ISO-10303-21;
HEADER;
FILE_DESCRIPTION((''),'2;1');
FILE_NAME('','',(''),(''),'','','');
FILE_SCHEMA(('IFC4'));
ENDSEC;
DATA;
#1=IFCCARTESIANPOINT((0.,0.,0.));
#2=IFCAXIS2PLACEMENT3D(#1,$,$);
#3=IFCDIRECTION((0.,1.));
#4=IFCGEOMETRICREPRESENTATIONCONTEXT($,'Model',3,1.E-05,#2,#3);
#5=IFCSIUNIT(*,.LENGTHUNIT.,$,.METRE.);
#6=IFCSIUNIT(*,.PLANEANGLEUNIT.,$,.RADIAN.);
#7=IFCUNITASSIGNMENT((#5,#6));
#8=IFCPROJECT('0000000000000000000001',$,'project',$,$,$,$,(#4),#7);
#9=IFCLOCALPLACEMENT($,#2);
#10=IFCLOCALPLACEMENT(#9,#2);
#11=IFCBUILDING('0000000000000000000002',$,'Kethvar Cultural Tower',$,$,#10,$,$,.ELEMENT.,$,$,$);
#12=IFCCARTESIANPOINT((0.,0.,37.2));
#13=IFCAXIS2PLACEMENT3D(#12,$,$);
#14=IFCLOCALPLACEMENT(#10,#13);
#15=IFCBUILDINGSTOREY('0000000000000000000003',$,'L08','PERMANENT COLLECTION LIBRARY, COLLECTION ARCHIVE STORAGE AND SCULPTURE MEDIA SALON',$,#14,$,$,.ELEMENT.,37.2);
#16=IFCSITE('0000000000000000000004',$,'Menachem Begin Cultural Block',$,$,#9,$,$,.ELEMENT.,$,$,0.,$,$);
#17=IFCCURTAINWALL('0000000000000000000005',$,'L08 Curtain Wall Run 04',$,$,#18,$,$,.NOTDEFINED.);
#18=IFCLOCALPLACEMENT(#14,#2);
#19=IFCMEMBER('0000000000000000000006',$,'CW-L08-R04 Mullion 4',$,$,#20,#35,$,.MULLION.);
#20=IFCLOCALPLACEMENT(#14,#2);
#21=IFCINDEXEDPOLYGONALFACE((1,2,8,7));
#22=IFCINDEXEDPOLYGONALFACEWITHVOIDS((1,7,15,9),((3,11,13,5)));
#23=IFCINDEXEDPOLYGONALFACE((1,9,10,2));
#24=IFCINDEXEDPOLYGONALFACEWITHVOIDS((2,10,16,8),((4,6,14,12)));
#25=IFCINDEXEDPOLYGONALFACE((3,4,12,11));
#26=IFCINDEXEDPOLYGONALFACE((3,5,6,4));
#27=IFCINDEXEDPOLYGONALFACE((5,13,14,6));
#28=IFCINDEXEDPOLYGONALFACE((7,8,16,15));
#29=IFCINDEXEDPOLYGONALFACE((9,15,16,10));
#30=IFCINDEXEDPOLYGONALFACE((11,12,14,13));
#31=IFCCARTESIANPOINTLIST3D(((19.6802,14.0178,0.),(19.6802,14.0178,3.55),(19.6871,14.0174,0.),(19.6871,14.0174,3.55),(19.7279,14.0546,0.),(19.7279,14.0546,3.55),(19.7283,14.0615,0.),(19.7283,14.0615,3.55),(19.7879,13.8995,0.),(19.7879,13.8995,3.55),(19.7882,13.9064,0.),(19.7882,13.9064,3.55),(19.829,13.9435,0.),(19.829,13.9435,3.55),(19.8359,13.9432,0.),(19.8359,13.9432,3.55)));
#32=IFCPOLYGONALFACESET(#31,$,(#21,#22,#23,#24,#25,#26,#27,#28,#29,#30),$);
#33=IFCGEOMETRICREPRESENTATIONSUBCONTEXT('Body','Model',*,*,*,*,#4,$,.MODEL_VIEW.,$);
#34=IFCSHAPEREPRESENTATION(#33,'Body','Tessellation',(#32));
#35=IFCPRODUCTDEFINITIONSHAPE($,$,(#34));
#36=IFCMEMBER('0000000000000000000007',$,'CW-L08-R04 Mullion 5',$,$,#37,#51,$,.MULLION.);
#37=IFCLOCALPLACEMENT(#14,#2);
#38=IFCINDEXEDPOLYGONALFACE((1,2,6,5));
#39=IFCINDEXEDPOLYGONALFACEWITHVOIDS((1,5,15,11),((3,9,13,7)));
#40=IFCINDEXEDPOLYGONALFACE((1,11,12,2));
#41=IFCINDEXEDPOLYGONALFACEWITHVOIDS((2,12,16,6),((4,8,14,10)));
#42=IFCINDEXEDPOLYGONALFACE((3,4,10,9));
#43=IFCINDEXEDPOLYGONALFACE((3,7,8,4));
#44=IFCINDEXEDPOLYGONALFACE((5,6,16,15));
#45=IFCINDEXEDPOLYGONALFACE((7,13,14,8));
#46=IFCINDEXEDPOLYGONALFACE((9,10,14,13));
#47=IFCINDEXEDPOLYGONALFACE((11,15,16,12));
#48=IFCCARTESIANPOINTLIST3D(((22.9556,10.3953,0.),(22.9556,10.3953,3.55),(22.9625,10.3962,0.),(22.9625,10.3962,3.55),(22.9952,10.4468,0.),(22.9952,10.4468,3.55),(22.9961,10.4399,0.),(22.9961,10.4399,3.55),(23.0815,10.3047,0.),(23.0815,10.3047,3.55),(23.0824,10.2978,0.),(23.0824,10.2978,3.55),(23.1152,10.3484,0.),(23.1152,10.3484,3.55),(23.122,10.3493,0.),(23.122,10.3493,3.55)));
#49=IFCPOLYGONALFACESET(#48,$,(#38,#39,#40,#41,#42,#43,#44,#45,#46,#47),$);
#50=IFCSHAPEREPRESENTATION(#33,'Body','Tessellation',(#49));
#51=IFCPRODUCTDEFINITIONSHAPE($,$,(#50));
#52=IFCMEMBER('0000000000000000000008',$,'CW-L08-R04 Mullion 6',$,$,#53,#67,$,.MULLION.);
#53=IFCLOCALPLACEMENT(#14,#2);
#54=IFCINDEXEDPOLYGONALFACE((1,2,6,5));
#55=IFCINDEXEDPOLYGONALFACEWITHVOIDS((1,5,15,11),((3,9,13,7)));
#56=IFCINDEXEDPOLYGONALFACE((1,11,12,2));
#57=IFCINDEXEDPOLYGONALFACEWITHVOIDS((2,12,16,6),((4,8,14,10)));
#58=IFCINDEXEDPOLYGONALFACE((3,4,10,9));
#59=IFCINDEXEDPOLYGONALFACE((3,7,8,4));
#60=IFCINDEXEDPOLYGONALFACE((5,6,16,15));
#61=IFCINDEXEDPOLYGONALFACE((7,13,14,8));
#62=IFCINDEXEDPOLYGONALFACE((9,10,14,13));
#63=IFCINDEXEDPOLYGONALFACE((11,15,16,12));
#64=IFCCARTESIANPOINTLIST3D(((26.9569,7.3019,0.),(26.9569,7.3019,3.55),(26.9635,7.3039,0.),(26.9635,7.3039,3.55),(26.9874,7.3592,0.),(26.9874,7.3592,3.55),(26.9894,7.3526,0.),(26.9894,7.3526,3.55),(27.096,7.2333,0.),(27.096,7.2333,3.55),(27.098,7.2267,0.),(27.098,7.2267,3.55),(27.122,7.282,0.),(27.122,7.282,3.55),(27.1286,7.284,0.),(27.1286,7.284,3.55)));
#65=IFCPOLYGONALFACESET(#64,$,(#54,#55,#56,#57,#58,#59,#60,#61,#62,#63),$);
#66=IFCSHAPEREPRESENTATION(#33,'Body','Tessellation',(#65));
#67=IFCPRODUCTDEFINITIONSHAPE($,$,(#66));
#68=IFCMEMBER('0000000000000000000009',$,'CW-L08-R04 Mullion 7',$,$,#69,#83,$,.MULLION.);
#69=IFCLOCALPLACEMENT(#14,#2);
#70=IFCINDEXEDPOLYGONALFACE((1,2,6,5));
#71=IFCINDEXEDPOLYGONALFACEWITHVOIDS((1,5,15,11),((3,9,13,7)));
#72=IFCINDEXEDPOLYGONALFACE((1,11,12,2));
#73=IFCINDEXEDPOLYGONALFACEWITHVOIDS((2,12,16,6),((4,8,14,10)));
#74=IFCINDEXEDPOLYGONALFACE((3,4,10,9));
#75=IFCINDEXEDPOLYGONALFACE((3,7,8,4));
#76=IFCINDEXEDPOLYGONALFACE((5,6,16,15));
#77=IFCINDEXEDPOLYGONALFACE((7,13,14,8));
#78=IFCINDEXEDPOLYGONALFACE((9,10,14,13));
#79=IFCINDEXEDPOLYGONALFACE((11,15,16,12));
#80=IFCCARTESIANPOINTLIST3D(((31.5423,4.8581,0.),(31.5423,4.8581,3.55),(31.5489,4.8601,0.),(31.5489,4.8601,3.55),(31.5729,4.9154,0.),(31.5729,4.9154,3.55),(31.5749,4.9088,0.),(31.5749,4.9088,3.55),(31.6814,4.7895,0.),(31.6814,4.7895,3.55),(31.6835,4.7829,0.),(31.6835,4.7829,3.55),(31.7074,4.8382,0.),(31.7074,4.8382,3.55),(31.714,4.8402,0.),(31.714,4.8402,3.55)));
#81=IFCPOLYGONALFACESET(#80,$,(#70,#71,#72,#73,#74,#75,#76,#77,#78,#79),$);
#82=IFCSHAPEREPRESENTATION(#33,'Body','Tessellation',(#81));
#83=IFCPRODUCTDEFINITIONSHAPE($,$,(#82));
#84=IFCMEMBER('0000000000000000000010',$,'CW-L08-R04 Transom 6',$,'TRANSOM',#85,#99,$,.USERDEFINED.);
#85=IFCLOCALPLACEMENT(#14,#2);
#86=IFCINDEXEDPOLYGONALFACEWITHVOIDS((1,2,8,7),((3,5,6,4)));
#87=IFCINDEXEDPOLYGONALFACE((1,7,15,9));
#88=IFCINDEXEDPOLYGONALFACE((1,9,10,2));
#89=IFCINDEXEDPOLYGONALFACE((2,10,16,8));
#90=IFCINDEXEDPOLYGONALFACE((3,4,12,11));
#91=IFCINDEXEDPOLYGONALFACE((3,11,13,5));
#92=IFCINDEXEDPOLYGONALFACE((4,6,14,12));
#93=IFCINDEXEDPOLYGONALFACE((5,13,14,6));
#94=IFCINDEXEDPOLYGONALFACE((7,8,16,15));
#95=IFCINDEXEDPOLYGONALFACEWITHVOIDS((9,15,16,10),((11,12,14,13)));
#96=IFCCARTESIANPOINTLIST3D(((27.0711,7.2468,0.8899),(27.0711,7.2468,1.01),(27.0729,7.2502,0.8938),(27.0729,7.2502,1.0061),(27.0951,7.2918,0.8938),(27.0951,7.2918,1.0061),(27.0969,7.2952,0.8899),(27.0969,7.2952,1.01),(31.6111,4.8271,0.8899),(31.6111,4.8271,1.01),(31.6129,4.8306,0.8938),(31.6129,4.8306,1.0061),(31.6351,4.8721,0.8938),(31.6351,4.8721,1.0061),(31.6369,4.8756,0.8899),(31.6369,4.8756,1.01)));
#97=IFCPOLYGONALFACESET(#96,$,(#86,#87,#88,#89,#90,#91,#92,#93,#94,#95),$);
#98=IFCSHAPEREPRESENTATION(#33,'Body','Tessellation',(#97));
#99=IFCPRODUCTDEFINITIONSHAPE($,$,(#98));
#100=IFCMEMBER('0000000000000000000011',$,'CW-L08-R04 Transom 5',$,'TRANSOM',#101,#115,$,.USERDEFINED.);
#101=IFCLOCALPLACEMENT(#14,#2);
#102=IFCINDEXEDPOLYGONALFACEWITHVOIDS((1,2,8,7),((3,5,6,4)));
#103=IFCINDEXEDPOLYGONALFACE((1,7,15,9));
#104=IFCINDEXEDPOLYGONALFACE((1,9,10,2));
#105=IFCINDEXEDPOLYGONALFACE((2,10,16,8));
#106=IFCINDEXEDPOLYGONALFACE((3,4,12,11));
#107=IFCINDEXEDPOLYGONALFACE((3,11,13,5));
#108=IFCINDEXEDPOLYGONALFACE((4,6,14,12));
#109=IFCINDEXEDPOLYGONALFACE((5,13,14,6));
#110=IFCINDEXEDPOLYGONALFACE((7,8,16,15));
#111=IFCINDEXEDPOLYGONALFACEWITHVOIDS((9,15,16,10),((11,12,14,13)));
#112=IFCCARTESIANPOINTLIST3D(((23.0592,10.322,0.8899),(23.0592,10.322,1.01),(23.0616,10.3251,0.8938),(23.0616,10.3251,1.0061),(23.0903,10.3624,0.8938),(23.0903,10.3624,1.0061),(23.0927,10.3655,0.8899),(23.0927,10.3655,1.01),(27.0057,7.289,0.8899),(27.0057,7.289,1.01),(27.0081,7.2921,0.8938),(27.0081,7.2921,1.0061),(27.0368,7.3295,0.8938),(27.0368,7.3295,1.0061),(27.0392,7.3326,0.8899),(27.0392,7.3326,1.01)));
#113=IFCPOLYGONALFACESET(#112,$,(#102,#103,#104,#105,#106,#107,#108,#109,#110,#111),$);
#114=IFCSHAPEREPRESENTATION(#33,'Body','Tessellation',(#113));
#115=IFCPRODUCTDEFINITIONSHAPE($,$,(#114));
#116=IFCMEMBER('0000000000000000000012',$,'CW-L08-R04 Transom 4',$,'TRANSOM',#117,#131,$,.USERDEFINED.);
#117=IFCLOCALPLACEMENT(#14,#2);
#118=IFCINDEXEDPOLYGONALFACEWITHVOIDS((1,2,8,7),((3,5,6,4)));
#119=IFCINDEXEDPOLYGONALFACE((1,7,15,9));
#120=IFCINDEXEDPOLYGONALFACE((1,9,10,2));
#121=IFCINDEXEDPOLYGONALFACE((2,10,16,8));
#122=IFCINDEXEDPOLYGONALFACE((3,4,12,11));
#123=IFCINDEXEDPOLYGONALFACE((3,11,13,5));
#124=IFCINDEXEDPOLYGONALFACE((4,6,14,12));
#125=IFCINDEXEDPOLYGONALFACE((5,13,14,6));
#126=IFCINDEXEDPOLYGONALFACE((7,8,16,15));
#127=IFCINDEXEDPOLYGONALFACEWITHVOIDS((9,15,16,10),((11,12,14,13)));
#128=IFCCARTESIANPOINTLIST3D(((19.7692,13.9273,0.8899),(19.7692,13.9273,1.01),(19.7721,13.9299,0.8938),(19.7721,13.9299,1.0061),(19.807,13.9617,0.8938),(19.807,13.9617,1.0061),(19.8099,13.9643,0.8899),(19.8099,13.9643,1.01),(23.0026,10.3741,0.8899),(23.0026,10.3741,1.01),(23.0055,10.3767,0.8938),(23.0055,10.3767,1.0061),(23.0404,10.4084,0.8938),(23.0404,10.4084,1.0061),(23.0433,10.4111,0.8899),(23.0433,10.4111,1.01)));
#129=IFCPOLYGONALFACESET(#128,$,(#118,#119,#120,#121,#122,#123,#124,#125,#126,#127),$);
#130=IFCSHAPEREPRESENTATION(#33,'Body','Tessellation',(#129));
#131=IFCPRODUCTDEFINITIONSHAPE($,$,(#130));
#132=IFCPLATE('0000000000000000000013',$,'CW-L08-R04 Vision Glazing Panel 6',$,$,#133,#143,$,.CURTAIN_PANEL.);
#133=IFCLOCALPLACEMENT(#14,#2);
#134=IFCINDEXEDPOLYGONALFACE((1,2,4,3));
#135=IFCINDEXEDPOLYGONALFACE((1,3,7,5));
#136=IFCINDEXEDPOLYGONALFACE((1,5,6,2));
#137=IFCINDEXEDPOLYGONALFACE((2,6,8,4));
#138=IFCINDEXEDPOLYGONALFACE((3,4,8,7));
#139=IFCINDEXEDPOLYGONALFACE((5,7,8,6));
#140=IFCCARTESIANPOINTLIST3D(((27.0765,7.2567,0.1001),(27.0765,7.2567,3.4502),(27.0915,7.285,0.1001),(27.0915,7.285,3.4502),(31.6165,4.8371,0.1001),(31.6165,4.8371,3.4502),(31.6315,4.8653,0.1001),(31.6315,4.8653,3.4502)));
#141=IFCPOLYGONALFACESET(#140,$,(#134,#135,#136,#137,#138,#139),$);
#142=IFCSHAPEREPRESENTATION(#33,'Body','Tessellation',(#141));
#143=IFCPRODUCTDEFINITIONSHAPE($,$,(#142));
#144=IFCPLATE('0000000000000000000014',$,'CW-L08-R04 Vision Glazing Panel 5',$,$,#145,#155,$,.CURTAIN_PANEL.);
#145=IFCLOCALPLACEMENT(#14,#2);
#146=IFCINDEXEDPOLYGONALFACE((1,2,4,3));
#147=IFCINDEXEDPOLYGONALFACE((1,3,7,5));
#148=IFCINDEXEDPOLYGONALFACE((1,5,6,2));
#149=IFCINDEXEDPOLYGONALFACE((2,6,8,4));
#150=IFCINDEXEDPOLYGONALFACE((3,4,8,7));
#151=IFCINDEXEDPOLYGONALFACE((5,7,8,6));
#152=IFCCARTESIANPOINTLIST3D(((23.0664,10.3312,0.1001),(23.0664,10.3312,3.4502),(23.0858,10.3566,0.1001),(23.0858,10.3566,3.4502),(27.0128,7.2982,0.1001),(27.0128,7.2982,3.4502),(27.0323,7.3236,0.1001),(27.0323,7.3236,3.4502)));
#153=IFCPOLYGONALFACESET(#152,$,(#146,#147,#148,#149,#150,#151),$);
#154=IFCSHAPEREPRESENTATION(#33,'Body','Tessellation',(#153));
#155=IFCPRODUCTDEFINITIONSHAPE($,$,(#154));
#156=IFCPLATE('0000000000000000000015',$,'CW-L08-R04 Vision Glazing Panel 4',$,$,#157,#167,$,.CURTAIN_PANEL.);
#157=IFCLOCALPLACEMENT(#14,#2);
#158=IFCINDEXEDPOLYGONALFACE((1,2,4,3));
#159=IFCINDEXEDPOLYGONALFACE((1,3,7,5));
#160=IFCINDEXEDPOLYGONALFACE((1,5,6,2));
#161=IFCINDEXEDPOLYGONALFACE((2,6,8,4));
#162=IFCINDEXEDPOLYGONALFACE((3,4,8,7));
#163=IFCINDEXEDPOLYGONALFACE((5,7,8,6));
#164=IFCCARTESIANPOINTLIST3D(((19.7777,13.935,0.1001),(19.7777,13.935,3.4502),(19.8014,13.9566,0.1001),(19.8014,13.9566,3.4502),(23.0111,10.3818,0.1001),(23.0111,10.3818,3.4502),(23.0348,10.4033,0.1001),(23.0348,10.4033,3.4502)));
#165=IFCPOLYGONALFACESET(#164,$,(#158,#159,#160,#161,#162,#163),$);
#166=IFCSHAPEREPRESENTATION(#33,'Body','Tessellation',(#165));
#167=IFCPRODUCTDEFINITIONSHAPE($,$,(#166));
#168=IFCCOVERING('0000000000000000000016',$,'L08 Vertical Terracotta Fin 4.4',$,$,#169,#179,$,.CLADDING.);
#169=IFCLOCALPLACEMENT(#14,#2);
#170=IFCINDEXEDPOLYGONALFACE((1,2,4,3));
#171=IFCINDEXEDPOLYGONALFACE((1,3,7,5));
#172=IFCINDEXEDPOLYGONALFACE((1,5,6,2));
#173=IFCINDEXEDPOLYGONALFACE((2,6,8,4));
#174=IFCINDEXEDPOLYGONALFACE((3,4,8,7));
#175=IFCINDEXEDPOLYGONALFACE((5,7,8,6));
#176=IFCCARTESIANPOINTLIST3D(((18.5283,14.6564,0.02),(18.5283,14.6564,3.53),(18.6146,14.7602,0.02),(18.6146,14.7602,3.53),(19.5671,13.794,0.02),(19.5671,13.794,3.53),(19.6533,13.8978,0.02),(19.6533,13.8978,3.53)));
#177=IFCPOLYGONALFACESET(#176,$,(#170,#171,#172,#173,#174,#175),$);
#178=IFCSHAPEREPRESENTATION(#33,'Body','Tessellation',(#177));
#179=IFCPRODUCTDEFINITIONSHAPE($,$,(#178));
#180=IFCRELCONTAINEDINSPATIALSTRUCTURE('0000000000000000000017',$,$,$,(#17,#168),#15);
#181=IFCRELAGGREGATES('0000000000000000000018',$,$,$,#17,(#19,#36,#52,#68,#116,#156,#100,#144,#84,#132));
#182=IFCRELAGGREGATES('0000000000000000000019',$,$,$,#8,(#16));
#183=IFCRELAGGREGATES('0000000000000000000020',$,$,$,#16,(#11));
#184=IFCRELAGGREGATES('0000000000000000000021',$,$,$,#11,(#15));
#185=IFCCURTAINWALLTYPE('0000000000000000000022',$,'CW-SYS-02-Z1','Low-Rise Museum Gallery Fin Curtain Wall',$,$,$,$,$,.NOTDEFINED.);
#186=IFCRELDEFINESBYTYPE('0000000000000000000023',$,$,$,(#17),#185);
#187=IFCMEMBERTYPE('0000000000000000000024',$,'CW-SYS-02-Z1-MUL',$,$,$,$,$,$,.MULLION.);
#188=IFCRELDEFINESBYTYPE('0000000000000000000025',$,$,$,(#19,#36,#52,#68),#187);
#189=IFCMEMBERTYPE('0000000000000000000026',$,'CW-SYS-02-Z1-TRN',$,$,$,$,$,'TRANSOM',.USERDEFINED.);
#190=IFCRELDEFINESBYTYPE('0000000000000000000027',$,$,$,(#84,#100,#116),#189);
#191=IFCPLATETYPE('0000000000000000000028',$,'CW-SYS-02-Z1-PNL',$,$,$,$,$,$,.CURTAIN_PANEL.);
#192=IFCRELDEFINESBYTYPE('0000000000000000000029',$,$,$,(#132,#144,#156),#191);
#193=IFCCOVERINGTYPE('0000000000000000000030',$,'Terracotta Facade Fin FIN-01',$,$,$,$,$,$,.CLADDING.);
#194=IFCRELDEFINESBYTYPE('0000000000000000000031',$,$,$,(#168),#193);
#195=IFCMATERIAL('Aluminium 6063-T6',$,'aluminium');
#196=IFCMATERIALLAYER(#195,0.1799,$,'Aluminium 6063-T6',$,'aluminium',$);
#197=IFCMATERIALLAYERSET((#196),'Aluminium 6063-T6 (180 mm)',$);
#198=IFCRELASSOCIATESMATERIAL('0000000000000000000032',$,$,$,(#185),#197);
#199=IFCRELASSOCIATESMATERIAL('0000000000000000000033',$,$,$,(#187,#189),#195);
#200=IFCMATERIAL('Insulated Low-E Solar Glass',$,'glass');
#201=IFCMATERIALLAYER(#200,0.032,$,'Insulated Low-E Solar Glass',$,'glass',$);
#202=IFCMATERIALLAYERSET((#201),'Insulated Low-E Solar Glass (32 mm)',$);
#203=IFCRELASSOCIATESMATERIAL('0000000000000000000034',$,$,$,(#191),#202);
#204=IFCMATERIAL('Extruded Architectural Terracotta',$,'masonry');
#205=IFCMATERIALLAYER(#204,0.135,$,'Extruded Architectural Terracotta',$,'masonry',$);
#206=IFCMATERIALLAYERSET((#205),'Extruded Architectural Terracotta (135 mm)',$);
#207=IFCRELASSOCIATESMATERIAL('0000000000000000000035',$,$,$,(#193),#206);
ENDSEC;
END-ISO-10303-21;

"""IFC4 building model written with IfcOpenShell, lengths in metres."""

from ifc_helpers import new_model, si_unit, direction, frame, origin, origin_2d, place, context, subcontext, project, spatial, rectangle, hollow_rectangle, extrude, source, transform, mapped, material, layer, layer_set, material_profile, profile_set, type_object, element, aggregate, save


model = new_model("IFC4")

# Units and contexts
model_context = context("Model", 3, precision=1e-05, world=origin(), true_north=direction((0.0, 1.0)))
body_context = subcontext(model_context, "Body", "Model", "MODEL_VIEW")
ifc_project = project(units=[si_unit("LENGTHUNIT", "METRE"), si_unit("PLANEANGLEUNIT", "RADIAN")], contexts=[model_context])

# Site, building, storey
site_placement = place(None, origin())
site = spatial("IfcSite", under=ifc_project, at=site_placement, Name="Menachem Begin Cultural Block", CompositionType="ELEMENT", RefElevation=0.0)
building_placement = place(site_placement, origin())
building = spatial("IfcBuilding", under=site, at=building_placement, Name="Kethvar Cultural Tower", CompositionType="ELEMENT")
storey_placement = place(building_placement, frame((0.0, 0.0, 37.2)))
storey = spatial("IfcBuildingStorey", under=building, at=storey_placement, Name="L08", Description="PERMANENT COLLECTION LIBRARY, COLLECTION ARCHIVE STORAGE AND SCULPTURE MEDIA SALON", CompositionType="ELEMENT", Elevation=37.2)

# Curtain wall, members, plates
ifc_material_1 = material(Name="Aluminium 6063-T6", Category="aluminium")
ifc_layer_1 = layer(ifc_material_1, 0.1799, Name="Aluminium 6063-T6", Category="aluminium")
ifc_layer_set_1 = layer_set([ifc_layer_1], Name="Aluminium 6063-T6 (180 mm)")
curtain_wall_type = type_object("IfcCurtainWallType", Name="CW-SYS-02-Z1", Description="Low-Rise Museum Gallery Fin Curtain Wall", PredefinedType="NOTDEFINED", material=ifc_layer_set_1)
curtain_wall_placement = place(storey_placement, origin())
curtain_wall = element("IfcCurtainWall", 1, at=curtain_wall_placement, inside=storey, type_object=curtain_wall_type, Name="L08 Curtain Wall Run 04", PredefinedType="NOTDEFINED")
ifc_material_profile_1 = material_profile(ifc_material_1, hollow_rectangle(XDim=0.0649, YDim=0.1599, WallThickness=0.0049, at=origin_2d()), Name="Aluminium 6063-T6 — RHS160x65x5")
ifc_profile_set_1 = profile_set([ifc_material_profile_1], Name="Aluminium 6063-T6 — RHS160x65x5")
member_type_1 = type_object("IfcMemberType", Name="CW-SYS-02-Z1-MUL", PredefinedType="MULLION", material=ifc_profile_set_1)
shared_shape_1 = source(origin(), body_context, "Body", "SweptSolid", [
    extrude(hollow_rectangle(XDim=0.0649, YDim=0.1599, WallThickness=0.0049, at=origin_2d()), origin(), (0.0, 0.0, 1.0), 3.55),
])
member_1_placement = place(storey_placement, frame((19.7581, 13.9805, 0.0), z_axis=(0.0, 0.0, 1.0), x_axis=(0.739608, 0.673038, 0.0)))
member_1 = element("IfcMember", 2, at=member_1_placement, type_object=member_type_1, Name="CW-L08-R04 Mullion 4", PredefinedType="MULLION", context=body_context, shape_type="MappedRepresentation", body=[
    mapped(shared_shape_1, transform((0.0, 0.0, 0.0), scale=1.0)),
])
member_2_placement = place(storey_placement, frame((23.0388, 10.3723, 0.0), z_axis=(0.0, 0.0, 1.0), x_axis=(0.609371, 0.792886, 0.0)))
member_2 = element("IfcMember", 3, at=member_2_placement, type_object=member_type_1, Name="CW-L08-R04 Mullion 5", PredefinedType="MULLION", context=body_context, shape_type="MappedRepresentation", body=[
    mapped(shared_shape_1, transform((0.0, 0.0, 0.0), scale=1.0)),
])
member_3_placement = place(storey_placement, frame((27.0427, 7.293, 0.0), z_axis=(0.0, 0.0, 1.0), x_axis=(0.470334, 0.882488, 0.0)))
member_3 = element("IfcMember", 4, at=member_3_placement, type_object=member_type_1, Name="CW-L08-R04 Mullion 6", PredefinedType="MULLION", context=body_context, shape_type="MappedRepresentation", body=[
    mapped(shared_shape_1, transform((0.0, 0.0, 0.0), scale=1.0)),
])
member_4_placement = place(storey_placement, frame((31.6282, 4.8491, 0.0), z_axis=(0.0, 0.0, 1.0), x_axis=(0.470334, 0.882488, 0.0)))
member_4 = element("IfcMember", 5, at=member_4_placement, type_object=member_type_1, Name="CW-L08-R04 Mullion 7", PredefinedType="MULLION", context=body_context, shape_type="MappedRepresentation", body=[
    mapped(shared_shape_1, transform((0.0, 0.0, 0.0), scale=1.0)),
])
ifc_material_profile_2 = material_profile(ifc_material_1, hollow_rectangle(XDim=0.0549, YDim=0.1201, WallThickness=0.0039, at=origin_2d()), Name="Aluminium 6063-T6 — RHS120x55x4")
ifc_profile_set_2 = profile_set([ifc_material_profile_2], Name="Aluminium 6063-T6 — RHS120x55x4")
member_type_2 = type_object("IfcMemberType", Name="CW-SYS-02-Z1-TRN", ElementType="TRANSOM", PredefinedType="USERDEFINED", material=ifc_profile_set_2)
shared_shape_2 = source(origin(), body_context, "Body", "SweptSolid", [
    extrude(hollow_rectangle(XDim=0.0549, YDim=0.1201, WallThickness=0.0039, at=origin_2d()), origin(), (0.0, 0.0, 1.0), 5.1445),
])
member_5_placement = place(storey_placement, frame((27.084, 7.271, 0.95), z_axis=(0.882488, -0.470335, 0.0), x_axis=(0.470335, 0.882488, 0.0)))
member_5 = element("IfcMember", 6, at=member_5_placement, type_object=member_type_2, Name="CW-L08-R04 Transom 6", ObjectType="TRANSOM", PredefinedType="USERDEFINED", context=body_context, shape_type="MappedRepresentation", body=[
    mapped(shared_shape_2, transform((0.0, 0.0, 0.0), scale=1.0)),
])
shared_shape_3 = source(origin(), body_context, "Body", "SweptSolid", [
    extrude(hollow_rectangle(XDim=0.0549, YDim=0.1201, WallThickness=0.0039, at=origin_2d()), origin(), (0.0, 0.0, 1.0), 4.9773),
])
member_6_placement = place(storey_placement, frame((23.0759, 10.3438, 0.95), z_axis=(0.792899, -0.609353, 0.0), x_axis=(0.609353, 0.792899, 0.0)))
member_6 = element("IfcMember", 7, at=member_6_placement, type_object=member_type_2, Name="CW-L08-R04 Transom 5", ObjectType="TRANSOM", PredefinedType="USERDEFINED", context=body_context, shape_type="MappedRepresentation", body=[
    mapped(shared_shape_3, transform((0.0, 0.0, 0.0), scale=1.0)),
])
shared_shape_4 = source(origin(), body_context, "Body", "SweptSolid", [
    extrude(hollow_rectangle(XDim=0.0549, YDim=0.1201, WallThickness=0.0039, at=origin_2d()), origin(), (0.0, 0.0, 1.0), 4.8042),
])
member_7_placement = place(storey_placement, frame((19.7896, 13.9458, 0.95), z_axis=(0.673037, -0.739609, 0.0), x_axis=(0.739609, 0.673037, 0.0)))
member_7 = element("IfcMember", 8, at=member_7_placement, type_object=member_type_2, Name="CW-L08-R04 Transom 4", ObjectType="TRANSOM", PredefinedType="USERDEFINED", context=body_context, shape_type="MappedRepresentation", body=[
    mapped(shared_shape_4, transform((0.0, 0.0, 0.0), scale=1.0)),
])
ifc_material_2 = material(Name="Insulated Low-E Solar Glass", Category="glass")
ifc_layer_2 = layer(ifc_material_2, 0.032, Name="Insulated Low-E Solar Glass", Category="glass")
ifc_layer_set_2 = layer_set([ifc_layer_2], Name="Insulated Low-E Solar Glass (32 mm)")
plate_type = type_object("IfcPlateType", Name="CW-SYS-02-Z1-PNL", PredefinedType="CURTAIN_PANEL", material=ifc_layer_set_2)
shared_shape_5 = source(origin(), body_context, "Body", "SweptSolid", [
    extrude(rectangle(XDim=5.1445, YDim=0.032, at=origin_2d()), origin(), (0.0, 0.0, 1.0), 3.3501),
])
plate_1_placement = place(storey_placement, frame((29.354, 6.061, 0.1001), z_axis=(0.0, 0.0, 1.0), x_axis=(0.882488, -0.470334, 0.0)))
plate_1 = element("IfcPlate", 9, at=plate_1_placement, type_object=plate_type, Name="CW-L08-R04 Vision Glazing Panel 6", PredefinedType="CURTAIN_PANEL", context=body_context, shape_type="MappedRepresentation", body=[
    mapped(shared_shape_5, transform((0.0, 0.0, 0.0), scale=1.0)),
])
shared_shape_6 = source(origin(), body_context, "Body", "SweptSolid", [
    extrude(rectangle(XDim=4.9773, YDim=0.032, at=origin_2d()), origin(), (0.0, 0.0, 1.0), 3.3501),
])
plate_2_placement = place(storey_placement, frame((25.0493, 8.8274, 0.1001), z_axis=(0.0, 0.0, 1.0), x_axis=(0.792886, -0.609371, 0.0)))
plate_2 = element("IfcPlate", 10, at=plate_2_placement, type_object=plate_type, Name="CW-L08-R04 Vision Glazing Panel 5", PredefinedType="CURTAIN_PANEL", context=body_context, shape_type="MappedRepresentation", body=[
    mapped(shared_shape_6, transform((0.0, 0.0, 0.0), scale=1.0)),
])
shared_shape_7 = source(origin(), body_context, "Body", "SweptSolid", [
    extrude(rectangle(XDim=4.8042, YDim=0.032, at=origin_2d()), origin(), (0.0, 0.0, 1.0), 3.3501),
])
plate_3_placement = place(storey_placement, frame((21.4062, 12.1692, 0.1001), z_axis=(0.0, 0.0, 1.0), x_axis=(0.673038, -0.739608, 0.0)))
plate_3 = element("IfcPlate", 11, at=plate_3_placement, type_object=plate_type, Name="CW-L08-R04 Vision Glazing Panel 4", PredefinedType="CURTAIN_PANEL", context=body_context, shape_type="MappedRepresentation", body=[
    mapped(shared_shape_7, transform((0.0, 0.0, 0.0), scale=1.0)),
])
aggregate(curtain_wall, [member_1, member_2, member_3, member_4, member_7, plate_3, member_6, plate_2, member_5, plate_1])

# Covering
ifc_material_3 = material(Name="Extruded Architectural Terracotta", Category="masonry")
ifc_layer_3 = layer(ifc_material_3, 0.135, Name="Extruded Architectural Terracotta", Category="masonry")
ifc_layer_set_3 = layer_set([ifc_layer_3], Name="Extruded Architectural Terracotta (135 mm)")
covering_type = type_object("IfcCoveringType", Name="Terracotta Facade Fin FIN-01", PredefinedType="CLADDING", material=ifc_layer_set_3)
shared_shape_8 = source(origin(), body_context, "Body", "SweptSolid", [
    extrude(rectangle(XDim=1.3501, YDim=0.135, at=origin_2d()), origin(), (0.0, 0.0, 1.0), 3.51),
])
for number, where, z_axis, x_axis, name in (
    (12, (19.0908, 14.2771, 0.02), (0.0, 0.0, 1.0), (-0.7694, 0.638768, 0.0), "L08 Vertical Terracotta Fin 4.4"),
):
    element("IfcCovering", number, at=place(storey_placement, frame(where, z_axis=z_axis, x_axis=x_axis)), inside=storey, type_object=covering_type, Name=name, PredefinedType="CLADDING", context=body_context, shape_type="MappedRepresentation", body=[
        mapped(shared_shape_8, transform((0.0, 0.0, 0.0), scale=1.0)),
    ])

save(model, "model.ifc")
